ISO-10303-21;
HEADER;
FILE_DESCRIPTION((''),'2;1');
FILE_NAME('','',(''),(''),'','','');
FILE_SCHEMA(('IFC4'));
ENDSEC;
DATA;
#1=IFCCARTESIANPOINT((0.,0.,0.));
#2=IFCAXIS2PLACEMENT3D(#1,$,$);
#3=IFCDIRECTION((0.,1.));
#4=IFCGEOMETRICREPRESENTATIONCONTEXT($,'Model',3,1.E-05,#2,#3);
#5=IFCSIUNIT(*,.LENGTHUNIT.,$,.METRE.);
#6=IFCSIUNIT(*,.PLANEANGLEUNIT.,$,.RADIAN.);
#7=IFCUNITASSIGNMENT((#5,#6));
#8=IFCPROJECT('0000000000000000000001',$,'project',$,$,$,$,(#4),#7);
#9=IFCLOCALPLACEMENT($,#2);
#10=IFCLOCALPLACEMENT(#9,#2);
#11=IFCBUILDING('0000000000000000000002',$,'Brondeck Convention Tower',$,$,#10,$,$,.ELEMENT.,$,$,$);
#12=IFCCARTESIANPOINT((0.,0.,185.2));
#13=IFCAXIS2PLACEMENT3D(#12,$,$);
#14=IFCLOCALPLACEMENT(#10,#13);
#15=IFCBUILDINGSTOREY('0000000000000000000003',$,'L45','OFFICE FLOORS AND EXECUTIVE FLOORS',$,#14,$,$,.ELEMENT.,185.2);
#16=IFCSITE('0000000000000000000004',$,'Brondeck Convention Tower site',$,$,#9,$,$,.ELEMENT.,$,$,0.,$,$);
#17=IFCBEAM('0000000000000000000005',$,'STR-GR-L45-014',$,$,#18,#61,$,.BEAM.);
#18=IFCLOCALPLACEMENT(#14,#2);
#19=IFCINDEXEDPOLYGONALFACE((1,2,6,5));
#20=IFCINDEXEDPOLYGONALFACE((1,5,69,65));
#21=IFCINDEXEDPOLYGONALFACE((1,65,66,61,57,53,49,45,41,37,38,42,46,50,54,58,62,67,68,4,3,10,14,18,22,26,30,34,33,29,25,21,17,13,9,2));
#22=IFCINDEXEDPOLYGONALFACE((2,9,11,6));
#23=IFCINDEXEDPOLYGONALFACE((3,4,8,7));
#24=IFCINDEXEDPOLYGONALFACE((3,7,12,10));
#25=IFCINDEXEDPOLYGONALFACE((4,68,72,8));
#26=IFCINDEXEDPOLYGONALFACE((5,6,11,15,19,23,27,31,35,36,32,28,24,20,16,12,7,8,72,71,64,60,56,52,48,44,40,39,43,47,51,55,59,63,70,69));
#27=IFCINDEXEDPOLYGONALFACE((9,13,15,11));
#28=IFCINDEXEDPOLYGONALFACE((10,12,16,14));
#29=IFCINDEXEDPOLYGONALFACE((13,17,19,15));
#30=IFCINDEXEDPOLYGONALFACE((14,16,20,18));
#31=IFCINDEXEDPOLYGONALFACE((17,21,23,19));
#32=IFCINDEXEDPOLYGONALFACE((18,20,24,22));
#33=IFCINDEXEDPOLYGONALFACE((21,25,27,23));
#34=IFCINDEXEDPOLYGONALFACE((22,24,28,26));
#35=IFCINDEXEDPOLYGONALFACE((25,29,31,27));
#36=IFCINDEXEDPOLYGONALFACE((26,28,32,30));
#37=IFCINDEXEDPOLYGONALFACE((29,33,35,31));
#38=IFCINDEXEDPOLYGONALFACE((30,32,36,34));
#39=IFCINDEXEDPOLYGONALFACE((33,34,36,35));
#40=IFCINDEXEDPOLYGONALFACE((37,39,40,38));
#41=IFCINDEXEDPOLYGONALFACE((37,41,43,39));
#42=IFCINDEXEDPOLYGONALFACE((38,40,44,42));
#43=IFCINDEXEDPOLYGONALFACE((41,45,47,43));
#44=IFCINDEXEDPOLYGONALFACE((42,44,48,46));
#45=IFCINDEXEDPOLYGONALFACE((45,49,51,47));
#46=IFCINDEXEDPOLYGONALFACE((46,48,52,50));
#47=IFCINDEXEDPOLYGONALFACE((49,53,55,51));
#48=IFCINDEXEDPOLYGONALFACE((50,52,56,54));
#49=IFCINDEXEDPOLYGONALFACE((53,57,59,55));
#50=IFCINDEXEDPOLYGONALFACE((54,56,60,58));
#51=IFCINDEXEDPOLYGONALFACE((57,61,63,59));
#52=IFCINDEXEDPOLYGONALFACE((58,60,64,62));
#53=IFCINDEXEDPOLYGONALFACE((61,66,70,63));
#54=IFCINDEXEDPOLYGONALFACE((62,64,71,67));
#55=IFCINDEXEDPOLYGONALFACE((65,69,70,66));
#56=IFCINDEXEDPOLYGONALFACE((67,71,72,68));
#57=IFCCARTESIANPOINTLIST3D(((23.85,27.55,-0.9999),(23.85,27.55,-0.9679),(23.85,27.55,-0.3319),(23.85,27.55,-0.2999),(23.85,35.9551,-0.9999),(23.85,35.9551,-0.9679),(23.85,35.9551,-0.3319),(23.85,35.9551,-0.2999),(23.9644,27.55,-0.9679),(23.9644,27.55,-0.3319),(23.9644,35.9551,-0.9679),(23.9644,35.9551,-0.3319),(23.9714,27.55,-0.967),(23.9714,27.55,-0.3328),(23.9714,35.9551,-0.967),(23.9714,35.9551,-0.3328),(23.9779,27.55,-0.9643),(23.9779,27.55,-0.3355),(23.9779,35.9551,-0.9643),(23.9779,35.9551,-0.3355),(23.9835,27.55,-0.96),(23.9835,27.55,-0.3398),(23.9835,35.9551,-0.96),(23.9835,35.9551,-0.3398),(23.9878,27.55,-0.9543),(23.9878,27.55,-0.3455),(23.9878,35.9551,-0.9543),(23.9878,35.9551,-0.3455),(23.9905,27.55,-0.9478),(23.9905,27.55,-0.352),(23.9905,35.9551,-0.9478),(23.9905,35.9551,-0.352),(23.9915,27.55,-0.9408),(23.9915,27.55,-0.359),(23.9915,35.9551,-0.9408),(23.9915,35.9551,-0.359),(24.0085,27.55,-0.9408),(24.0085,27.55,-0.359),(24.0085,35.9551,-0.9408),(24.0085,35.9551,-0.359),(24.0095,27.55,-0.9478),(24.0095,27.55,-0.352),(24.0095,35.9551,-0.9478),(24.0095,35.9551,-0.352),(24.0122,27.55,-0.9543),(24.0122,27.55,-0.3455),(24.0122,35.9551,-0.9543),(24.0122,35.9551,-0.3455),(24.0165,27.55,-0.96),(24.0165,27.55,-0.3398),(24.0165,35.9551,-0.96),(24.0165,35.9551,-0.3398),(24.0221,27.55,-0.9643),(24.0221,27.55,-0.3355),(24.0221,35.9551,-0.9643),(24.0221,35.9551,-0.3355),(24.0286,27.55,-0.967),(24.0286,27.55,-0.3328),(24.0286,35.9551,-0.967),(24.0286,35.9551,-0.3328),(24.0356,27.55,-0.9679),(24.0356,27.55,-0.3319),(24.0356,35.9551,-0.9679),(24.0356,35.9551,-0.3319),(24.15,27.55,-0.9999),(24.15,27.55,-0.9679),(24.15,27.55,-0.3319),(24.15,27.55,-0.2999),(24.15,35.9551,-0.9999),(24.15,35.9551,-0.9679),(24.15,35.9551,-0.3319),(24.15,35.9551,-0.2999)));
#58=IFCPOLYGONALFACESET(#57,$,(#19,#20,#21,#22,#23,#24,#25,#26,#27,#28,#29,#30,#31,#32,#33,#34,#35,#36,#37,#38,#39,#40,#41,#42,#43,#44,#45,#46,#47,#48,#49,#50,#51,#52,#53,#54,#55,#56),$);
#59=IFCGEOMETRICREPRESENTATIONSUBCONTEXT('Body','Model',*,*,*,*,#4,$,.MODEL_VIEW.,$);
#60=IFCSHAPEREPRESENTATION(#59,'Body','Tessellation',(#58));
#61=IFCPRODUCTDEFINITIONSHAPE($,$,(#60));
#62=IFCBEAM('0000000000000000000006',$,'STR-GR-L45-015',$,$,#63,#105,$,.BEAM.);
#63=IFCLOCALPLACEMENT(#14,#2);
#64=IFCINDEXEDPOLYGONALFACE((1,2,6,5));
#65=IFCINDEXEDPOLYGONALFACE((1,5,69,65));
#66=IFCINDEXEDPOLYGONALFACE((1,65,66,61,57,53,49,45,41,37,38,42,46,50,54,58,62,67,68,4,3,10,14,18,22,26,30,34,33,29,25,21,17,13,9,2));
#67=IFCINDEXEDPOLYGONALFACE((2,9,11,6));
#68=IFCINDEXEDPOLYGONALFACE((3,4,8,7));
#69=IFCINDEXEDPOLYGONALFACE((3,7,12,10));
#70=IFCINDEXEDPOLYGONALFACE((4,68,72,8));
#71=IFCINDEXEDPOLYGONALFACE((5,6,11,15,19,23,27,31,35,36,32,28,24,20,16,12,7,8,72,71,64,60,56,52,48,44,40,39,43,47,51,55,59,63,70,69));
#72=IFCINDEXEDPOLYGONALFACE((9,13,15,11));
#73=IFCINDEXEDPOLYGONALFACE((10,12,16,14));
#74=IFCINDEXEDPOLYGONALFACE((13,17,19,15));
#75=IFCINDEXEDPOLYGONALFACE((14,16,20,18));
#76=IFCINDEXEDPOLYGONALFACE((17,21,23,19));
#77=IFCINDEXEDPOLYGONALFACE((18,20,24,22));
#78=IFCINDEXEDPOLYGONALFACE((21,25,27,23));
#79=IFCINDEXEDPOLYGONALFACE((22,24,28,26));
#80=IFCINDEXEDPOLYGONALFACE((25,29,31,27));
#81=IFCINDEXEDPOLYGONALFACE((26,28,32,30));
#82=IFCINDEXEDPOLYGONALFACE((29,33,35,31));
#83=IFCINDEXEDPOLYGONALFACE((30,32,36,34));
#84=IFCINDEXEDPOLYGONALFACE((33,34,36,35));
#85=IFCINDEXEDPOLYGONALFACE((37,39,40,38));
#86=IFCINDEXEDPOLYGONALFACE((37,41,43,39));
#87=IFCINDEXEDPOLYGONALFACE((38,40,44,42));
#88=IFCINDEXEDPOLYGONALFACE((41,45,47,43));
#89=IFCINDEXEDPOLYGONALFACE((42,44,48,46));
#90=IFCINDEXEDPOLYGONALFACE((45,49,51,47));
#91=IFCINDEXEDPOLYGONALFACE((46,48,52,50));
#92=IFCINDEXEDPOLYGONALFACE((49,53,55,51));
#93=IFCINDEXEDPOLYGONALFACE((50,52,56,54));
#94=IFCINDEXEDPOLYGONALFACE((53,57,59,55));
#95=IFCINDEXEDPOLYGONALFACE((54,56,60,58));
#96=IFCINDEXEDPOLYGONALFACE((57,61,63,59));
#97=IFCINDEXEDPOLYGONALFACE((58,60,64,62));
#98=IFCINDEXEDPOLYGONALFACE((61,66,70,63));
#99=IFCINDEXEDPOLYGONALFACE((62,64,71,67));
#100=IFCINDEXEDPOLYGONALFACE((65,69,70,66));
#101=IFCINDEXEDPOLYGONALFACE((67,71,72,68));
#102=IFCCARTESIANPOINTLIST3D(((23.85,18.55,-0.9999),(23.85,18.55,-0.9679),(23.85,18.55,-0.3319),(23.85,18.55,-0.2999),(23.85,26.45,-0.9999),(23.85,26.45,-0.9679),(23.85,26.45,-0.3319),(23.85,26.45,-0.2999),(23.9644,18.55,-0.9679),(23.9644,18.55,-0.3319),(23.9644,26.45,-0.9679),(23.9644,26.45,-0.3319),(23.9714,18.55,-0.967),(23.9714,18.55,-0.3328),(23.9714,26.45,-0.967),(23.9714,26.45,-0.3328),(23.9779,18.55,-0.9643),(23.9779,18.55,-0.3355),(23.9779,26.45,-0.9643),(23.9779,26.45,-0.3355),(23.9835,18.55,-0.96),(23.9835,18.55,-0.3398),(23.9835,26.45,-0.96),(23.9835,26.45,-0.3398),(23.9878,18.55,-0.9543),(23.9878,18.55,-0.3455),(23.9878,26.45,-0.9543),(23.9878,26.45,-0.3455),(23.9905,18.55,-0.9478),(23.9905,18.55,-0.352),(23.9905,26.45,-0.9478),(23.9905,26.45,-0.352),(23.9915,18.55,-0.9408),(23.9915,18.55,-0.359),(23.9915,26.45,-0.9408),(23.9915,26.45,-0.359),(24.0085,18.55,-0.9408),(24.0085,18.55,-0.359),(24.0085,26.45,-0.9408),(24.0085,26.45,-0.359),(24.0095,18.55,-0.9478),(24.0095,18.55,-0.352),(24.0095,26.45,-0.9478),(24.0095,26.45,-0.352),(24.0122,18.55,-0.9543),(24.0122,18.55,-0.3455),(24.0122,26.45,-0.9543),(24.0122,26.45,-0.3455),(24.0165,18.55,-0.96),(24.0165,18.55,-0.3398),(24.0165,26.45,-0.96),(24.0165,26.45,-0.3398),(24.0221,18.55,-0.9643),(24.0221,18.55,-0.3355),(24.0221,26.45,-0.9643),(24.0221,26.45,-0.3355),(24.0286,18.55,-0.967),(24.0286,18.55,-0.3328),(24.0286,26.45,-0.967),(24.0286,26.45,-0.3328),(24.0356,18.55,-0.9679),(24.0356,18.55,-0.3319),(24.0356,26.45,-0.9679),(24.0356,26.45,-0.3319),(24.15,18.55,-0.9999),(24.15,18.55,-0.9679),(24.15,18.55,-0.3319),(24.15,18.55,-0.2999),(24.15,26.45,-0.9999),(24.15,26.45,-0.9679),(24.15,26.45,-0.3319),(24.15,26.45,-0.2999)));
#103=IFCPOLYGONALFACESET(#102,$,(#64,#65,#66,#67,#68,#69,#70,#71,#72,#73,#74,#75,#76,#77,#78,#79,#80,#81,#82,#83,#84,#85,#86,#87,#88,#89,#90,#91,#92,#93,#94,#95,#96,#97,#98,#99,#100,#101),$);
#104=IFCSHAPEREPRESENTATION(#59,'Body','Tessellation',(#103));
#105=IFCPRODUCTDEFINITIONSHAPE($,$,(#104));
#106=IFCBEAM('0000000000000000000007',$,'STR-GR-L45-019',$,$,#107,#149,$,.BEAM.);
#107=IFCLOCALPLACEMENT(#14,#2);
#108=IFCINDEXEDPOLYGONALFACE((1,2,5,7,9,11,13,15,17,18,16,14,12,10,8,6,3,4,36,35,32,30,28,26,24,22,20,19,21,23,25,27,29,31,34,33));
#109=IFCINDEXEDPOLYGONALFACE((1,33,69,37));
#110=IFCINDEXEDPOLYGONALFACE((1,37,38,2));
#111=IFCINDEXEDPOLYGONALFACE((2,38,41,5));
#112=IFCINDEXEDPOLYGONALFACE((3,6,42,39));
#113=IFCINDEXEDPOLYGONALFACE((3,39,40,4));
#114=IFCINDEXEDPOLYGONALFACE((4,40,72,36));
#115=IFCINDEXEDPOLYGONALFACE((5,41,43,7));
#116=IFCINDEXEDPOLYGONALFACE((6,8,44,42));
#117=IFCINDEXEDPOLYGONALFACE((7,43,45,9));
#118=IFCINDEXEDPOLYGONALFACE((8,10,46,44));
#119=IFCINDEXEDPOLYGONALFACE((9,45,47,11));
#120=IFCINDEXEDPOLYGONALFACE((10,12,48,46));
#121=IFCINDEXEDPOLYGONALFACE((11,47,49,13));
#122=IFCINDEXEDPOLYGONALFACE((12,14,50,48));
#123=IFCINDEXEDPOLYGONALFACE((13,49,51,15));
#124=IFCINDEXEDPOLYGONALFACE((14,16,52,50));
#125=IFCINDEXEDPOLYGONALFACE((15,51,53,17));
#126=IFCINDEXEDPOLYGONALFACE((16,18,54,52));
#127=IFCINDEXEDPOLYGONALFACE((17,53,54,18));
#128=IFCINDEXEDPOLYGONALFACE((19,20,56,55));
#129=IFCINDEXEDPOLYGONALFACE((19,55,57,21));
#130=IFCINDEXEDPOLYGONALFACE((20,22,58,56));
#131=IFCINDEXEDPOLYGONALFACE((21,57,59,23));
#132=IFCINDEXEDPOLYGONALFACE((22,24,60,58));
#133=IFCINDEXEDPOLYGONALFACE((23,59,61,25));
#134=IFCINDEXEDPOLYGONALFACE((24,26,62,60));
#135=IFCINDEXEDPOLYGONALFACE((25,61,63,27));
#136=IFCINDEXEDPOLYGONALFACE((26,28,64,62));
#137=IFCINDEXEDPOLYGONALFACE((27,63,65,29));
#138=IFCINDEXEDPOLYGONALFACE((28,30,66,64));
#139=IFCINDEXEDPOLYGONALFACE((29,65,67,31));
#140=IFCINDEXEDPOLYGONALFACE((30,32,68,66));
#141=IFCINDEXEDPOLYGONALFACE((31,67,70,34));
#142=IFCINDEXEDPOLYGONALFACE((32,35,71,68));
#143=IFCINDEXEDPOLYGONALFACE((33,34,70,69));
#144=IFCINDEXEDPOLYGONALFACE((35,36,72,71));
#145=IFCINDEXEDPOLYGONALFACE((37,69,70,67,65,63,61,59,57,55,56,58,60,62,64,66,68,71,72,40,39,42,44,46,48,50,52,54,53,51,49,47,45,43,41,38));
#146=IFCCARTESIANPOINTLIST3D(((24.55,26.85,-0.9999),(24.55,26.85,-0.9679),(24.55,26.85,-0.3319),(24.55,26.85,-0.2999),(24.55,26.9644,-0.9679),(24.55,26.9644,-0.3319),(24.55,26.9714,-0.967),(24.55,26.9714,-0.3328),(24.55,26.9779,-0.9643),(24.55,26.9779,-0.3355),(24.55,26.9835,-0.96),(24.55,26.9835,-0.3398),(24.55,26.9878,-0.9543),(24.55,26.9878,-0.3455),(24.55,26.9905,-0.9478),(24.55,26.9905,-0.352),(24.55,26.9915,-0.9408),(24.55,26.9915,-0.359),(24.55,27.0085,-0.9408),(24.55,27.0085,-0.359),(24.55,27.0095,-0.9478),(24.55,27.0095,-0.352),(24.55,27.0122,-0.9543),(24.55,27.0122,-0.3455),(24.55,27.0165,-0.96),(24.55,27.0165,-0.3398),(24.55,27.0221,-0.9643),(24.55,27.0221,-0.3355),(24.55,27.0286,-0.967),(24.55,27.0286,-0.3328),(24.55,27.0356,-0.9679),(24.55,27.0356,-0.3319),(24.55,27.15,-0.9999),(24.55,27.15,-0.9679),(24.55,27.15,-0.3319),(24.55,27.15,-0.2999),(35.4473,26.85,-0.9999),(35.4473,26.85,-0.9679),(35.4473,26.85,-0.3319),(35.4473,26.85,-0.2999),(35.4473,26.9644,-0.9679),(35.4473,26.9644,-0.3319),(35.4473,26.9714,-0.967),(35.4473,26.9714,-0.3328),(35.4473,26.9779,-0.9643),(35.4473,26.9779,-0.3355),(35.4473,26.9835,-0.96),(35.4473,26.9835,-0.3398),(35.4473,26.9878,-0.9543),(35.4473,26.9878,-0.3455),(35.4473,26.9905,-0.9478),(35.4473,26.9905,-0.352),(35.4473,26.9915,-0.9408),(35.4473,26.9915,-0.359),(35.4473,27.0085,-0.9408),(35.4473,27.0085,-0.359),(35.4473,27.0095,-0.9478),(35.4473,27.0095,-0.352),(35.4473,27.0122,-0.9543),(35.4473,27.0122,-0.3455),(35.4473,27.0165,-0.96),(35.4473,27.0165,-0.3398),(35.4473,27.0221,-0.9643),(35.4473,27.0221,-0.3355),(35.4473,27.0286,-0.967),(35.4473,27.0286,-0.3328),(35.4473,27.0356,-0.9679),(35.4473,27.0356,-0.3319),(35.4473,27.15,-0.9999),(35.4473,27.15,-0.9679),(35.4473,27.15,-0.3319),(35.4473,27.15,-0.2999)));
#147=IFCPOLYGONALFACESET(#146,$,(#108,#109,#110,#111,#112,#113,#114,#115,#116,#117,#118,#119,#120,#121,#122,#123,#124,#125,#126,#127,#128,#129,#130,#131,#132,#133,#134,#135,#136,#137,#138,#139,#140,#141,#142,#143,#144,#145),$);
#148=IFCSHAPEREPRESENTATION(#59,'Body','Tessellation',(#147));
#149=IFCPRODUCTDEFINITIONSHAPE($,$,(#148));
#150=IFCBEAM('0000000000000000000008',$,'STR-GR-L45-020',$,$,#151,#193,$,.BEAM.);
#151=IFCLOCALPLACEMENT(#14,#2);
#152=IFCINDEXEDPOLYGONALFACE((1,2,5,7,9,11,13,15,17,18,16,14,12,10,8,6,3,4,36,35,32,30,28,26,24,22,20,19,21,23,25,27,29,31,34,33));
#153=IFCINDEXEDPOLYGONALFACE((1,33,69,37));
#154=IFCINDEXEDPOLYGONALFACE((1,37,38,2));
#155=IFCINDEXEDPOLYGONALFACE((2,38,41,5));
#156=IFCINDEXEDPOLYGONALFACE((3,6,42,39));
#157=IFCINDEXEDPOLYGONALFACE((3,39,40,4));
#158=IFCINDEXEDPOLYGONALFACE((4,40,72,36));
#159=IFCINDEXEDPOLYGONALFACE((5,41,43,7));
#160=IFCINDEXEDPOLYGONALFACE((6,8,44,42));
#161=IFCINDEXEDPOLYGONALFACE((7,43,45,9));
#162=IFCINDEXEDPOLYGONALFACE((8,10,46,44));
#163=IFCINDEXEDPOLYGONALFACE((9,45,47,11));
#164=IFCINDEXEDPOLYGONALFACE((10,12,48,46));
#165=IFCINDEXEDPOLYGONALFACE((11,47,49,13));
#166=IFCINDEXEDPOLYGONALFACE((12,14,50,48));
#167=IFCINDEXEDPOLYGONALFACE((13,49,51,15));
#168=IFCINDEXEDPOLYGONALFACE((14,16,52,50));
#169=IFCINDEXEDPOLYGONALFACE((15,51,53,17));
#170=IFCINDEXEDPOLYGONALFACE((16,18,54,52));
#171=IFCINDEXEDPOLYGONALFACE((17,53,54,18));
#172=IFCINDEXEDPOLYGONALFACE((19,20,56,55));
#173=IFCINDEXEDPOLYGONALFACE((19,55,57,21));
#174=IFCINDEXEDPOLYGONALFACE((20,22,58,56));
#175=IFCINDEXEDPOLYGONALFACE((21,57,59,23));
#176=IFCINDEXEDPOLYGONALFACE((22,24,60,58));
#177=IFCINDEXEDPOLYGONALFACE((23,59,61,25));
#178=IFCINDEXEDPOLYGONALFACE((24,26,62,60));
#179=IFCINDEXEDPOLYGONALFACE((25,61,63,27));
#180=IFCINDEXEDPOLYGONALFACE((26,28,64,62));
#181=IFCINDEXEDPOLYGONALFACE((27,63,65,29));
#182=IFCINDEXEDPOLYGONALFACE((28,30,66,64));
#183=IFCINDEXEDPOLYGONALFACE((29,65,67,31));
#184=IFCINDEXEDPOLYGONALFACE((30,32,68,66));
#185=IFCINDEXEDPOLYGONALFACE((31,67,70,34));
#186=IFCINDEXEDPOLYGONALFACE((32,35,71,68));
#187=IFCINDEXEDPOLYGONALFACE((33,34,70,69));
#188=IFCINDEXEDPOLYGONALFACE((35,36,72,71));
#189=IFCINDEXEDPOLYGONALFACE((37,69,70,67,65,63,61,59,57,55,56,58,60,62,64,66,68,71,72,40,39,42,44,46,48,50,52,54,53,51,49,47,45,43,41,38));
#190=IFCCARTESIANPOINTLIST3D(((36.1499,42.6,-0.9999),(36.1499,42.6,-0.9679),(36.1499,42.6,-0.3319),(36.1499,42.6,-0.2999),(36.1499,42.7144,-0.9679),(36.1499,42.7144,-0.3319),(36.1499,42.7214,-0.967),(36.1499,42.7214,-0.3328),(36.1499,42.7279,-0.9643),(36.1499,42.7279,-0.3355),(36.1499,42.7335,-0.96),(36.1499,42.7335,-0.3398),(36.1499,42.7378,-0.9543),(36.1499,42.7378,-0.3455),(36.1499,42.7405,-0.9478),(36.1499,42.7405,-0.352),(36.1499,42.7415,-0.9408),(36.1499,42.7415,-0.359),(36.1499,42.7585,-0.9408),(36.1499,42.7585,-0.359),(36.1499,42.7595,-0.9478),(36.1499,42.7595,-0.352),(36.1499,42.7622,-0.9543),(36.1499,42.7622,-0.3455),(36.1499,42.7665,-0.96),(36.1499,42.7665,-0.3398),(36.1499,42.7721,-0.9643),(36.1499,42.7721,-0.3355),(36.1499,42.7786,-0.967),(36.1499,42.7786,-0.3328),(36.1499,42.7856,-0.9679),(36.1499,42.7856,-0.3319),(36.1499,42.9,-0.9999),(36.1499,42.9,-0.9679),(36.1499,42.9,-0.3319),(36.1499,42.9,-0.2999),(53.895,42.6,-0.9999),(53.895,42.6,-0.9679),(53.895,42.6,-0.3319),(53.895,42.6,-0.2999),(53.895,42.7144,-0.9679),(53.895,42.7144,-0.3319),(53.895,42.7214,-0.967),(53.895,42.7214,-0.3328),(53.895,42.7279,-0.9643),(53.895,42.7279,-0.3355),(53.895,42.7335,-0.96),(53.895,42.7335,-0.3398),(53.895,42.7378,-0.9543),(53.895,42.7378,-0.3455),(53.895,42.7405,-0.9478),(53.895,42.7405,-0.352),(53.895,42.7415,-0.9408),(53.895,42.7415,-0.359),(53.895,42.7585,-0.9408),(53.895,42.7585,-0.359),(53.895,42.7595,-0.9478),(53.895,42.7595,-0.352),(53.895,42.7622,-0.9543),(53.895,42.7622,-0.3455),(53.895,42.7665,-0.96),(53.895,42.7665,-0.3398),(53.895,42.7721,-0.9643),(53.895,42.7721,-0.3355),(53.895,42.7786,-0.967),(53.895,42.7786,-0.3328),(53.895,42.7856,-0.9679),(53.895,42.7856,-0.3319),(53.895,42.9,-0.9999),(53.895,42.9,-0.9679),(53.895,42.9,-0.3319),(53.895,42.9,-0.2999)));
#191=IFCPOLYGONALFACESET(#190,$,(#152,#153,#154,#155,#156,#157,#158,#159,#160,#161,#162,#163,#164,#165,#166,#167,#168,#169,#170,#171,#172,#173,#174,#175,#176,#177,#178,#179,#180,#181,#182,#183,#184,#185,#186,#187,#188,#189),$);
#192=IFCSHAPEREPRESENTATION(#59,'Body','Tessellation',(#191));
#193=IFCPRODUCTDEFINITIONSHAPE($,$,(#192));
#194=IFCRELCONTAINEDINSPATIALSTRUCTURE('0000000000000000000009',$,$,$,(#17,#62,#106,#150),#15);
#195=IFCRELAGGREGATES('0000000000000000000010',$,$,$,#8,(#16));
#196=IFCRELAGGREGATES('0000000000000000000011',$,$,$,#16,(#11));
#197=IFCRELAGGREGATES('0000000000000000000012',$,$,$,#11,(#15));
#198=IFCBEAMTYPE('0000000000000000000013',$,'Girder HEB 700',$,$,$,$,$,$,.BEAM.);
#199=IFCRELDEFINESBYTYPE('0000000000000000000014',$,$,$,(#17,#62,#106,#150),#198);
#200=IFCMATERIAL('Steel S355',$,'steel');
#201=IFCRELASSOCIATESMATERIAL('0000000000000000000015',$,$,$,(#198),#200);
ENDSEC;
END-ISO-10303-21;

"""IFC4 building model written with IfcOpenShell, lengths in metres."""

from ifc_helpers import new_model, si_unit, direction, frame, origin, origin_2d, place, context, subcontext, project, spatial, i_section, extrude, material, material_profile, profile_set, type_object, element, save


model = new_model("IFC4")

# Units and contexts
model_context = context("Model", 3, precision=1e-05, world=origin(), true_north=direction((0.0, 1.0)))
body_context = subcontext(model_context, "Body", "Model", "MODEL_VIEW")
ifc_project = project(units=[si_unit("LENGTHUNIT", "METRE"), si_unit("PLANEANGLEUNIT", "RADIAN")], contexts=[model_context])

# Site, building, storey
site_placement = place(None, origin())
site = spatial("IfcSite", under=ifc_project, at=site_placement, Name="Brondeck Convention Tower site", CompositionType="ELEMENT", RefElevation=0.0)
building_placement = place(site_placement, origin())
building = spatial("IfcBuilding", under=site, at=building_placement, Name="Brondeck Convention Tower", CompositionType="ELEMENT")
storey_placement = place(building_placement, frame((0.0, 0.0, 185.2)))
storey = spatial("IfcBuildingStorey", under=building, at=storey_placement, Name="L45", Description="OFFICE FLOORS AND EXECUTIVE FLOORS", CompositionType="ELEMENT", Elevation=185.2)

# Beams
ifc_material_1 = material(Name="Steel S355", Category="steel")
ifc_material_profile_1 = material_profile(ifc_material_1, i_section(OverallWidth=0.3, OverallDepth=0.7, WebThickness=0.0171, FlangeThickness=0.032, FilletRadius=0.0271, at=origin_2d()), Name="HEB 700")
ifc_profile_set_1 = profile_set([ifc_material_profile_1], Name="Steel S355")
beam_type_1 = type_object("IfcBeamType", Name="Girder HEB 700", PredefinedType="BEAM", material=ifc_profile_set_1)
beam_1_placement = place(storey_placement, frame((24.0, 35.9551, -0.6499), z_axis=(0.0, -1.0, 0.0), x_axis=(1.0, 0.0, 0.0)))
element("IfcBeam", 1, at=beam_1_placement, inside=storey, type_object=beam_type_1, Name="STR-GR-L45-014", PredefinedType="BEAM", context=body_context, shape_type="SweptSolid", body=[
    extrude(i_section(OverallWidth=0.3, OverallDepth=0.7, WebThickness=0.0171, FlangeThickness=0.032, FilletRadius=0.0271, at=origin_2d()), origin(), (0.0, 0.0, 1.0), 8.405),
])
beam_2_placement = place(storey_placement, frame((24.0, 26.45, -0.6499), z_axis=(0.0, -1.0, 0.0), x_axis=(1.0, 0.0, 0.0)))
element("IfcBeam", 2, at=beam_2_placement, inside=storey, type_object=beam_type_1, Name="STR-GR-L45-015", PredefinedType="BEAM", context=body_context, shape_type="SweptSolid", body=[
    extrude(i_section(OverallWidth=0.3, OverallDepth=0.7, WebThickness=0.0171, FlangeThickness=0.032, FilletRadius=0.0271, at=origin_2d()), origin(), (0.0, 0.0, 1.0), 7.8999),
])
beam_3_placement = place(storey_placement, frame((24.55, 27.0, -0.6499), z_axis=(1.0, 0.0, 0.0), x_axis=(0.0, 1.0, 0.0)))
element("IfcBeam", 3, at=beam_3_placement, inside=storey, type_object=beam_type_1, Name="STR-GR-L45-019", PredefinedType="BEAM", context=body_context, shape_type="SweptSolid", body=[
    extrude(i_section(OverallWidth=0.3, OverallDepth=0.7, WebThickness=0.0171, FlangeThickness=0.032, FilletRadius=0.0271, at=origin_2d()), origin(), (0.0, 0.0, 1.0), 10.8972),
])
beam_4_placement = place(storey_placement, frame((36.1499, 42.75, -0.6499), z_axis=(1.0, 0.0, 0.0), x_axis=(0.0, 1.0, 0.0)))
element("IfcBeam", 4, at=beam_4_placement, inside=storey, type_object=beam_type_1, Name="STR-GR-L45-020", PredefinedType="BEAM", context=body_context, shape_type="SweptSolid", body=[
    extrude(i_section(OverallWidth=0.3, OverallDepth=0.7, WebThickness=0.0171, FlangeThickness=0.032, FilletRadius=0.0271, at=origin_2d()), origin(), (0.0, 0.0, 1.0), 17.7451),
])

save(model, "model.ifc")
